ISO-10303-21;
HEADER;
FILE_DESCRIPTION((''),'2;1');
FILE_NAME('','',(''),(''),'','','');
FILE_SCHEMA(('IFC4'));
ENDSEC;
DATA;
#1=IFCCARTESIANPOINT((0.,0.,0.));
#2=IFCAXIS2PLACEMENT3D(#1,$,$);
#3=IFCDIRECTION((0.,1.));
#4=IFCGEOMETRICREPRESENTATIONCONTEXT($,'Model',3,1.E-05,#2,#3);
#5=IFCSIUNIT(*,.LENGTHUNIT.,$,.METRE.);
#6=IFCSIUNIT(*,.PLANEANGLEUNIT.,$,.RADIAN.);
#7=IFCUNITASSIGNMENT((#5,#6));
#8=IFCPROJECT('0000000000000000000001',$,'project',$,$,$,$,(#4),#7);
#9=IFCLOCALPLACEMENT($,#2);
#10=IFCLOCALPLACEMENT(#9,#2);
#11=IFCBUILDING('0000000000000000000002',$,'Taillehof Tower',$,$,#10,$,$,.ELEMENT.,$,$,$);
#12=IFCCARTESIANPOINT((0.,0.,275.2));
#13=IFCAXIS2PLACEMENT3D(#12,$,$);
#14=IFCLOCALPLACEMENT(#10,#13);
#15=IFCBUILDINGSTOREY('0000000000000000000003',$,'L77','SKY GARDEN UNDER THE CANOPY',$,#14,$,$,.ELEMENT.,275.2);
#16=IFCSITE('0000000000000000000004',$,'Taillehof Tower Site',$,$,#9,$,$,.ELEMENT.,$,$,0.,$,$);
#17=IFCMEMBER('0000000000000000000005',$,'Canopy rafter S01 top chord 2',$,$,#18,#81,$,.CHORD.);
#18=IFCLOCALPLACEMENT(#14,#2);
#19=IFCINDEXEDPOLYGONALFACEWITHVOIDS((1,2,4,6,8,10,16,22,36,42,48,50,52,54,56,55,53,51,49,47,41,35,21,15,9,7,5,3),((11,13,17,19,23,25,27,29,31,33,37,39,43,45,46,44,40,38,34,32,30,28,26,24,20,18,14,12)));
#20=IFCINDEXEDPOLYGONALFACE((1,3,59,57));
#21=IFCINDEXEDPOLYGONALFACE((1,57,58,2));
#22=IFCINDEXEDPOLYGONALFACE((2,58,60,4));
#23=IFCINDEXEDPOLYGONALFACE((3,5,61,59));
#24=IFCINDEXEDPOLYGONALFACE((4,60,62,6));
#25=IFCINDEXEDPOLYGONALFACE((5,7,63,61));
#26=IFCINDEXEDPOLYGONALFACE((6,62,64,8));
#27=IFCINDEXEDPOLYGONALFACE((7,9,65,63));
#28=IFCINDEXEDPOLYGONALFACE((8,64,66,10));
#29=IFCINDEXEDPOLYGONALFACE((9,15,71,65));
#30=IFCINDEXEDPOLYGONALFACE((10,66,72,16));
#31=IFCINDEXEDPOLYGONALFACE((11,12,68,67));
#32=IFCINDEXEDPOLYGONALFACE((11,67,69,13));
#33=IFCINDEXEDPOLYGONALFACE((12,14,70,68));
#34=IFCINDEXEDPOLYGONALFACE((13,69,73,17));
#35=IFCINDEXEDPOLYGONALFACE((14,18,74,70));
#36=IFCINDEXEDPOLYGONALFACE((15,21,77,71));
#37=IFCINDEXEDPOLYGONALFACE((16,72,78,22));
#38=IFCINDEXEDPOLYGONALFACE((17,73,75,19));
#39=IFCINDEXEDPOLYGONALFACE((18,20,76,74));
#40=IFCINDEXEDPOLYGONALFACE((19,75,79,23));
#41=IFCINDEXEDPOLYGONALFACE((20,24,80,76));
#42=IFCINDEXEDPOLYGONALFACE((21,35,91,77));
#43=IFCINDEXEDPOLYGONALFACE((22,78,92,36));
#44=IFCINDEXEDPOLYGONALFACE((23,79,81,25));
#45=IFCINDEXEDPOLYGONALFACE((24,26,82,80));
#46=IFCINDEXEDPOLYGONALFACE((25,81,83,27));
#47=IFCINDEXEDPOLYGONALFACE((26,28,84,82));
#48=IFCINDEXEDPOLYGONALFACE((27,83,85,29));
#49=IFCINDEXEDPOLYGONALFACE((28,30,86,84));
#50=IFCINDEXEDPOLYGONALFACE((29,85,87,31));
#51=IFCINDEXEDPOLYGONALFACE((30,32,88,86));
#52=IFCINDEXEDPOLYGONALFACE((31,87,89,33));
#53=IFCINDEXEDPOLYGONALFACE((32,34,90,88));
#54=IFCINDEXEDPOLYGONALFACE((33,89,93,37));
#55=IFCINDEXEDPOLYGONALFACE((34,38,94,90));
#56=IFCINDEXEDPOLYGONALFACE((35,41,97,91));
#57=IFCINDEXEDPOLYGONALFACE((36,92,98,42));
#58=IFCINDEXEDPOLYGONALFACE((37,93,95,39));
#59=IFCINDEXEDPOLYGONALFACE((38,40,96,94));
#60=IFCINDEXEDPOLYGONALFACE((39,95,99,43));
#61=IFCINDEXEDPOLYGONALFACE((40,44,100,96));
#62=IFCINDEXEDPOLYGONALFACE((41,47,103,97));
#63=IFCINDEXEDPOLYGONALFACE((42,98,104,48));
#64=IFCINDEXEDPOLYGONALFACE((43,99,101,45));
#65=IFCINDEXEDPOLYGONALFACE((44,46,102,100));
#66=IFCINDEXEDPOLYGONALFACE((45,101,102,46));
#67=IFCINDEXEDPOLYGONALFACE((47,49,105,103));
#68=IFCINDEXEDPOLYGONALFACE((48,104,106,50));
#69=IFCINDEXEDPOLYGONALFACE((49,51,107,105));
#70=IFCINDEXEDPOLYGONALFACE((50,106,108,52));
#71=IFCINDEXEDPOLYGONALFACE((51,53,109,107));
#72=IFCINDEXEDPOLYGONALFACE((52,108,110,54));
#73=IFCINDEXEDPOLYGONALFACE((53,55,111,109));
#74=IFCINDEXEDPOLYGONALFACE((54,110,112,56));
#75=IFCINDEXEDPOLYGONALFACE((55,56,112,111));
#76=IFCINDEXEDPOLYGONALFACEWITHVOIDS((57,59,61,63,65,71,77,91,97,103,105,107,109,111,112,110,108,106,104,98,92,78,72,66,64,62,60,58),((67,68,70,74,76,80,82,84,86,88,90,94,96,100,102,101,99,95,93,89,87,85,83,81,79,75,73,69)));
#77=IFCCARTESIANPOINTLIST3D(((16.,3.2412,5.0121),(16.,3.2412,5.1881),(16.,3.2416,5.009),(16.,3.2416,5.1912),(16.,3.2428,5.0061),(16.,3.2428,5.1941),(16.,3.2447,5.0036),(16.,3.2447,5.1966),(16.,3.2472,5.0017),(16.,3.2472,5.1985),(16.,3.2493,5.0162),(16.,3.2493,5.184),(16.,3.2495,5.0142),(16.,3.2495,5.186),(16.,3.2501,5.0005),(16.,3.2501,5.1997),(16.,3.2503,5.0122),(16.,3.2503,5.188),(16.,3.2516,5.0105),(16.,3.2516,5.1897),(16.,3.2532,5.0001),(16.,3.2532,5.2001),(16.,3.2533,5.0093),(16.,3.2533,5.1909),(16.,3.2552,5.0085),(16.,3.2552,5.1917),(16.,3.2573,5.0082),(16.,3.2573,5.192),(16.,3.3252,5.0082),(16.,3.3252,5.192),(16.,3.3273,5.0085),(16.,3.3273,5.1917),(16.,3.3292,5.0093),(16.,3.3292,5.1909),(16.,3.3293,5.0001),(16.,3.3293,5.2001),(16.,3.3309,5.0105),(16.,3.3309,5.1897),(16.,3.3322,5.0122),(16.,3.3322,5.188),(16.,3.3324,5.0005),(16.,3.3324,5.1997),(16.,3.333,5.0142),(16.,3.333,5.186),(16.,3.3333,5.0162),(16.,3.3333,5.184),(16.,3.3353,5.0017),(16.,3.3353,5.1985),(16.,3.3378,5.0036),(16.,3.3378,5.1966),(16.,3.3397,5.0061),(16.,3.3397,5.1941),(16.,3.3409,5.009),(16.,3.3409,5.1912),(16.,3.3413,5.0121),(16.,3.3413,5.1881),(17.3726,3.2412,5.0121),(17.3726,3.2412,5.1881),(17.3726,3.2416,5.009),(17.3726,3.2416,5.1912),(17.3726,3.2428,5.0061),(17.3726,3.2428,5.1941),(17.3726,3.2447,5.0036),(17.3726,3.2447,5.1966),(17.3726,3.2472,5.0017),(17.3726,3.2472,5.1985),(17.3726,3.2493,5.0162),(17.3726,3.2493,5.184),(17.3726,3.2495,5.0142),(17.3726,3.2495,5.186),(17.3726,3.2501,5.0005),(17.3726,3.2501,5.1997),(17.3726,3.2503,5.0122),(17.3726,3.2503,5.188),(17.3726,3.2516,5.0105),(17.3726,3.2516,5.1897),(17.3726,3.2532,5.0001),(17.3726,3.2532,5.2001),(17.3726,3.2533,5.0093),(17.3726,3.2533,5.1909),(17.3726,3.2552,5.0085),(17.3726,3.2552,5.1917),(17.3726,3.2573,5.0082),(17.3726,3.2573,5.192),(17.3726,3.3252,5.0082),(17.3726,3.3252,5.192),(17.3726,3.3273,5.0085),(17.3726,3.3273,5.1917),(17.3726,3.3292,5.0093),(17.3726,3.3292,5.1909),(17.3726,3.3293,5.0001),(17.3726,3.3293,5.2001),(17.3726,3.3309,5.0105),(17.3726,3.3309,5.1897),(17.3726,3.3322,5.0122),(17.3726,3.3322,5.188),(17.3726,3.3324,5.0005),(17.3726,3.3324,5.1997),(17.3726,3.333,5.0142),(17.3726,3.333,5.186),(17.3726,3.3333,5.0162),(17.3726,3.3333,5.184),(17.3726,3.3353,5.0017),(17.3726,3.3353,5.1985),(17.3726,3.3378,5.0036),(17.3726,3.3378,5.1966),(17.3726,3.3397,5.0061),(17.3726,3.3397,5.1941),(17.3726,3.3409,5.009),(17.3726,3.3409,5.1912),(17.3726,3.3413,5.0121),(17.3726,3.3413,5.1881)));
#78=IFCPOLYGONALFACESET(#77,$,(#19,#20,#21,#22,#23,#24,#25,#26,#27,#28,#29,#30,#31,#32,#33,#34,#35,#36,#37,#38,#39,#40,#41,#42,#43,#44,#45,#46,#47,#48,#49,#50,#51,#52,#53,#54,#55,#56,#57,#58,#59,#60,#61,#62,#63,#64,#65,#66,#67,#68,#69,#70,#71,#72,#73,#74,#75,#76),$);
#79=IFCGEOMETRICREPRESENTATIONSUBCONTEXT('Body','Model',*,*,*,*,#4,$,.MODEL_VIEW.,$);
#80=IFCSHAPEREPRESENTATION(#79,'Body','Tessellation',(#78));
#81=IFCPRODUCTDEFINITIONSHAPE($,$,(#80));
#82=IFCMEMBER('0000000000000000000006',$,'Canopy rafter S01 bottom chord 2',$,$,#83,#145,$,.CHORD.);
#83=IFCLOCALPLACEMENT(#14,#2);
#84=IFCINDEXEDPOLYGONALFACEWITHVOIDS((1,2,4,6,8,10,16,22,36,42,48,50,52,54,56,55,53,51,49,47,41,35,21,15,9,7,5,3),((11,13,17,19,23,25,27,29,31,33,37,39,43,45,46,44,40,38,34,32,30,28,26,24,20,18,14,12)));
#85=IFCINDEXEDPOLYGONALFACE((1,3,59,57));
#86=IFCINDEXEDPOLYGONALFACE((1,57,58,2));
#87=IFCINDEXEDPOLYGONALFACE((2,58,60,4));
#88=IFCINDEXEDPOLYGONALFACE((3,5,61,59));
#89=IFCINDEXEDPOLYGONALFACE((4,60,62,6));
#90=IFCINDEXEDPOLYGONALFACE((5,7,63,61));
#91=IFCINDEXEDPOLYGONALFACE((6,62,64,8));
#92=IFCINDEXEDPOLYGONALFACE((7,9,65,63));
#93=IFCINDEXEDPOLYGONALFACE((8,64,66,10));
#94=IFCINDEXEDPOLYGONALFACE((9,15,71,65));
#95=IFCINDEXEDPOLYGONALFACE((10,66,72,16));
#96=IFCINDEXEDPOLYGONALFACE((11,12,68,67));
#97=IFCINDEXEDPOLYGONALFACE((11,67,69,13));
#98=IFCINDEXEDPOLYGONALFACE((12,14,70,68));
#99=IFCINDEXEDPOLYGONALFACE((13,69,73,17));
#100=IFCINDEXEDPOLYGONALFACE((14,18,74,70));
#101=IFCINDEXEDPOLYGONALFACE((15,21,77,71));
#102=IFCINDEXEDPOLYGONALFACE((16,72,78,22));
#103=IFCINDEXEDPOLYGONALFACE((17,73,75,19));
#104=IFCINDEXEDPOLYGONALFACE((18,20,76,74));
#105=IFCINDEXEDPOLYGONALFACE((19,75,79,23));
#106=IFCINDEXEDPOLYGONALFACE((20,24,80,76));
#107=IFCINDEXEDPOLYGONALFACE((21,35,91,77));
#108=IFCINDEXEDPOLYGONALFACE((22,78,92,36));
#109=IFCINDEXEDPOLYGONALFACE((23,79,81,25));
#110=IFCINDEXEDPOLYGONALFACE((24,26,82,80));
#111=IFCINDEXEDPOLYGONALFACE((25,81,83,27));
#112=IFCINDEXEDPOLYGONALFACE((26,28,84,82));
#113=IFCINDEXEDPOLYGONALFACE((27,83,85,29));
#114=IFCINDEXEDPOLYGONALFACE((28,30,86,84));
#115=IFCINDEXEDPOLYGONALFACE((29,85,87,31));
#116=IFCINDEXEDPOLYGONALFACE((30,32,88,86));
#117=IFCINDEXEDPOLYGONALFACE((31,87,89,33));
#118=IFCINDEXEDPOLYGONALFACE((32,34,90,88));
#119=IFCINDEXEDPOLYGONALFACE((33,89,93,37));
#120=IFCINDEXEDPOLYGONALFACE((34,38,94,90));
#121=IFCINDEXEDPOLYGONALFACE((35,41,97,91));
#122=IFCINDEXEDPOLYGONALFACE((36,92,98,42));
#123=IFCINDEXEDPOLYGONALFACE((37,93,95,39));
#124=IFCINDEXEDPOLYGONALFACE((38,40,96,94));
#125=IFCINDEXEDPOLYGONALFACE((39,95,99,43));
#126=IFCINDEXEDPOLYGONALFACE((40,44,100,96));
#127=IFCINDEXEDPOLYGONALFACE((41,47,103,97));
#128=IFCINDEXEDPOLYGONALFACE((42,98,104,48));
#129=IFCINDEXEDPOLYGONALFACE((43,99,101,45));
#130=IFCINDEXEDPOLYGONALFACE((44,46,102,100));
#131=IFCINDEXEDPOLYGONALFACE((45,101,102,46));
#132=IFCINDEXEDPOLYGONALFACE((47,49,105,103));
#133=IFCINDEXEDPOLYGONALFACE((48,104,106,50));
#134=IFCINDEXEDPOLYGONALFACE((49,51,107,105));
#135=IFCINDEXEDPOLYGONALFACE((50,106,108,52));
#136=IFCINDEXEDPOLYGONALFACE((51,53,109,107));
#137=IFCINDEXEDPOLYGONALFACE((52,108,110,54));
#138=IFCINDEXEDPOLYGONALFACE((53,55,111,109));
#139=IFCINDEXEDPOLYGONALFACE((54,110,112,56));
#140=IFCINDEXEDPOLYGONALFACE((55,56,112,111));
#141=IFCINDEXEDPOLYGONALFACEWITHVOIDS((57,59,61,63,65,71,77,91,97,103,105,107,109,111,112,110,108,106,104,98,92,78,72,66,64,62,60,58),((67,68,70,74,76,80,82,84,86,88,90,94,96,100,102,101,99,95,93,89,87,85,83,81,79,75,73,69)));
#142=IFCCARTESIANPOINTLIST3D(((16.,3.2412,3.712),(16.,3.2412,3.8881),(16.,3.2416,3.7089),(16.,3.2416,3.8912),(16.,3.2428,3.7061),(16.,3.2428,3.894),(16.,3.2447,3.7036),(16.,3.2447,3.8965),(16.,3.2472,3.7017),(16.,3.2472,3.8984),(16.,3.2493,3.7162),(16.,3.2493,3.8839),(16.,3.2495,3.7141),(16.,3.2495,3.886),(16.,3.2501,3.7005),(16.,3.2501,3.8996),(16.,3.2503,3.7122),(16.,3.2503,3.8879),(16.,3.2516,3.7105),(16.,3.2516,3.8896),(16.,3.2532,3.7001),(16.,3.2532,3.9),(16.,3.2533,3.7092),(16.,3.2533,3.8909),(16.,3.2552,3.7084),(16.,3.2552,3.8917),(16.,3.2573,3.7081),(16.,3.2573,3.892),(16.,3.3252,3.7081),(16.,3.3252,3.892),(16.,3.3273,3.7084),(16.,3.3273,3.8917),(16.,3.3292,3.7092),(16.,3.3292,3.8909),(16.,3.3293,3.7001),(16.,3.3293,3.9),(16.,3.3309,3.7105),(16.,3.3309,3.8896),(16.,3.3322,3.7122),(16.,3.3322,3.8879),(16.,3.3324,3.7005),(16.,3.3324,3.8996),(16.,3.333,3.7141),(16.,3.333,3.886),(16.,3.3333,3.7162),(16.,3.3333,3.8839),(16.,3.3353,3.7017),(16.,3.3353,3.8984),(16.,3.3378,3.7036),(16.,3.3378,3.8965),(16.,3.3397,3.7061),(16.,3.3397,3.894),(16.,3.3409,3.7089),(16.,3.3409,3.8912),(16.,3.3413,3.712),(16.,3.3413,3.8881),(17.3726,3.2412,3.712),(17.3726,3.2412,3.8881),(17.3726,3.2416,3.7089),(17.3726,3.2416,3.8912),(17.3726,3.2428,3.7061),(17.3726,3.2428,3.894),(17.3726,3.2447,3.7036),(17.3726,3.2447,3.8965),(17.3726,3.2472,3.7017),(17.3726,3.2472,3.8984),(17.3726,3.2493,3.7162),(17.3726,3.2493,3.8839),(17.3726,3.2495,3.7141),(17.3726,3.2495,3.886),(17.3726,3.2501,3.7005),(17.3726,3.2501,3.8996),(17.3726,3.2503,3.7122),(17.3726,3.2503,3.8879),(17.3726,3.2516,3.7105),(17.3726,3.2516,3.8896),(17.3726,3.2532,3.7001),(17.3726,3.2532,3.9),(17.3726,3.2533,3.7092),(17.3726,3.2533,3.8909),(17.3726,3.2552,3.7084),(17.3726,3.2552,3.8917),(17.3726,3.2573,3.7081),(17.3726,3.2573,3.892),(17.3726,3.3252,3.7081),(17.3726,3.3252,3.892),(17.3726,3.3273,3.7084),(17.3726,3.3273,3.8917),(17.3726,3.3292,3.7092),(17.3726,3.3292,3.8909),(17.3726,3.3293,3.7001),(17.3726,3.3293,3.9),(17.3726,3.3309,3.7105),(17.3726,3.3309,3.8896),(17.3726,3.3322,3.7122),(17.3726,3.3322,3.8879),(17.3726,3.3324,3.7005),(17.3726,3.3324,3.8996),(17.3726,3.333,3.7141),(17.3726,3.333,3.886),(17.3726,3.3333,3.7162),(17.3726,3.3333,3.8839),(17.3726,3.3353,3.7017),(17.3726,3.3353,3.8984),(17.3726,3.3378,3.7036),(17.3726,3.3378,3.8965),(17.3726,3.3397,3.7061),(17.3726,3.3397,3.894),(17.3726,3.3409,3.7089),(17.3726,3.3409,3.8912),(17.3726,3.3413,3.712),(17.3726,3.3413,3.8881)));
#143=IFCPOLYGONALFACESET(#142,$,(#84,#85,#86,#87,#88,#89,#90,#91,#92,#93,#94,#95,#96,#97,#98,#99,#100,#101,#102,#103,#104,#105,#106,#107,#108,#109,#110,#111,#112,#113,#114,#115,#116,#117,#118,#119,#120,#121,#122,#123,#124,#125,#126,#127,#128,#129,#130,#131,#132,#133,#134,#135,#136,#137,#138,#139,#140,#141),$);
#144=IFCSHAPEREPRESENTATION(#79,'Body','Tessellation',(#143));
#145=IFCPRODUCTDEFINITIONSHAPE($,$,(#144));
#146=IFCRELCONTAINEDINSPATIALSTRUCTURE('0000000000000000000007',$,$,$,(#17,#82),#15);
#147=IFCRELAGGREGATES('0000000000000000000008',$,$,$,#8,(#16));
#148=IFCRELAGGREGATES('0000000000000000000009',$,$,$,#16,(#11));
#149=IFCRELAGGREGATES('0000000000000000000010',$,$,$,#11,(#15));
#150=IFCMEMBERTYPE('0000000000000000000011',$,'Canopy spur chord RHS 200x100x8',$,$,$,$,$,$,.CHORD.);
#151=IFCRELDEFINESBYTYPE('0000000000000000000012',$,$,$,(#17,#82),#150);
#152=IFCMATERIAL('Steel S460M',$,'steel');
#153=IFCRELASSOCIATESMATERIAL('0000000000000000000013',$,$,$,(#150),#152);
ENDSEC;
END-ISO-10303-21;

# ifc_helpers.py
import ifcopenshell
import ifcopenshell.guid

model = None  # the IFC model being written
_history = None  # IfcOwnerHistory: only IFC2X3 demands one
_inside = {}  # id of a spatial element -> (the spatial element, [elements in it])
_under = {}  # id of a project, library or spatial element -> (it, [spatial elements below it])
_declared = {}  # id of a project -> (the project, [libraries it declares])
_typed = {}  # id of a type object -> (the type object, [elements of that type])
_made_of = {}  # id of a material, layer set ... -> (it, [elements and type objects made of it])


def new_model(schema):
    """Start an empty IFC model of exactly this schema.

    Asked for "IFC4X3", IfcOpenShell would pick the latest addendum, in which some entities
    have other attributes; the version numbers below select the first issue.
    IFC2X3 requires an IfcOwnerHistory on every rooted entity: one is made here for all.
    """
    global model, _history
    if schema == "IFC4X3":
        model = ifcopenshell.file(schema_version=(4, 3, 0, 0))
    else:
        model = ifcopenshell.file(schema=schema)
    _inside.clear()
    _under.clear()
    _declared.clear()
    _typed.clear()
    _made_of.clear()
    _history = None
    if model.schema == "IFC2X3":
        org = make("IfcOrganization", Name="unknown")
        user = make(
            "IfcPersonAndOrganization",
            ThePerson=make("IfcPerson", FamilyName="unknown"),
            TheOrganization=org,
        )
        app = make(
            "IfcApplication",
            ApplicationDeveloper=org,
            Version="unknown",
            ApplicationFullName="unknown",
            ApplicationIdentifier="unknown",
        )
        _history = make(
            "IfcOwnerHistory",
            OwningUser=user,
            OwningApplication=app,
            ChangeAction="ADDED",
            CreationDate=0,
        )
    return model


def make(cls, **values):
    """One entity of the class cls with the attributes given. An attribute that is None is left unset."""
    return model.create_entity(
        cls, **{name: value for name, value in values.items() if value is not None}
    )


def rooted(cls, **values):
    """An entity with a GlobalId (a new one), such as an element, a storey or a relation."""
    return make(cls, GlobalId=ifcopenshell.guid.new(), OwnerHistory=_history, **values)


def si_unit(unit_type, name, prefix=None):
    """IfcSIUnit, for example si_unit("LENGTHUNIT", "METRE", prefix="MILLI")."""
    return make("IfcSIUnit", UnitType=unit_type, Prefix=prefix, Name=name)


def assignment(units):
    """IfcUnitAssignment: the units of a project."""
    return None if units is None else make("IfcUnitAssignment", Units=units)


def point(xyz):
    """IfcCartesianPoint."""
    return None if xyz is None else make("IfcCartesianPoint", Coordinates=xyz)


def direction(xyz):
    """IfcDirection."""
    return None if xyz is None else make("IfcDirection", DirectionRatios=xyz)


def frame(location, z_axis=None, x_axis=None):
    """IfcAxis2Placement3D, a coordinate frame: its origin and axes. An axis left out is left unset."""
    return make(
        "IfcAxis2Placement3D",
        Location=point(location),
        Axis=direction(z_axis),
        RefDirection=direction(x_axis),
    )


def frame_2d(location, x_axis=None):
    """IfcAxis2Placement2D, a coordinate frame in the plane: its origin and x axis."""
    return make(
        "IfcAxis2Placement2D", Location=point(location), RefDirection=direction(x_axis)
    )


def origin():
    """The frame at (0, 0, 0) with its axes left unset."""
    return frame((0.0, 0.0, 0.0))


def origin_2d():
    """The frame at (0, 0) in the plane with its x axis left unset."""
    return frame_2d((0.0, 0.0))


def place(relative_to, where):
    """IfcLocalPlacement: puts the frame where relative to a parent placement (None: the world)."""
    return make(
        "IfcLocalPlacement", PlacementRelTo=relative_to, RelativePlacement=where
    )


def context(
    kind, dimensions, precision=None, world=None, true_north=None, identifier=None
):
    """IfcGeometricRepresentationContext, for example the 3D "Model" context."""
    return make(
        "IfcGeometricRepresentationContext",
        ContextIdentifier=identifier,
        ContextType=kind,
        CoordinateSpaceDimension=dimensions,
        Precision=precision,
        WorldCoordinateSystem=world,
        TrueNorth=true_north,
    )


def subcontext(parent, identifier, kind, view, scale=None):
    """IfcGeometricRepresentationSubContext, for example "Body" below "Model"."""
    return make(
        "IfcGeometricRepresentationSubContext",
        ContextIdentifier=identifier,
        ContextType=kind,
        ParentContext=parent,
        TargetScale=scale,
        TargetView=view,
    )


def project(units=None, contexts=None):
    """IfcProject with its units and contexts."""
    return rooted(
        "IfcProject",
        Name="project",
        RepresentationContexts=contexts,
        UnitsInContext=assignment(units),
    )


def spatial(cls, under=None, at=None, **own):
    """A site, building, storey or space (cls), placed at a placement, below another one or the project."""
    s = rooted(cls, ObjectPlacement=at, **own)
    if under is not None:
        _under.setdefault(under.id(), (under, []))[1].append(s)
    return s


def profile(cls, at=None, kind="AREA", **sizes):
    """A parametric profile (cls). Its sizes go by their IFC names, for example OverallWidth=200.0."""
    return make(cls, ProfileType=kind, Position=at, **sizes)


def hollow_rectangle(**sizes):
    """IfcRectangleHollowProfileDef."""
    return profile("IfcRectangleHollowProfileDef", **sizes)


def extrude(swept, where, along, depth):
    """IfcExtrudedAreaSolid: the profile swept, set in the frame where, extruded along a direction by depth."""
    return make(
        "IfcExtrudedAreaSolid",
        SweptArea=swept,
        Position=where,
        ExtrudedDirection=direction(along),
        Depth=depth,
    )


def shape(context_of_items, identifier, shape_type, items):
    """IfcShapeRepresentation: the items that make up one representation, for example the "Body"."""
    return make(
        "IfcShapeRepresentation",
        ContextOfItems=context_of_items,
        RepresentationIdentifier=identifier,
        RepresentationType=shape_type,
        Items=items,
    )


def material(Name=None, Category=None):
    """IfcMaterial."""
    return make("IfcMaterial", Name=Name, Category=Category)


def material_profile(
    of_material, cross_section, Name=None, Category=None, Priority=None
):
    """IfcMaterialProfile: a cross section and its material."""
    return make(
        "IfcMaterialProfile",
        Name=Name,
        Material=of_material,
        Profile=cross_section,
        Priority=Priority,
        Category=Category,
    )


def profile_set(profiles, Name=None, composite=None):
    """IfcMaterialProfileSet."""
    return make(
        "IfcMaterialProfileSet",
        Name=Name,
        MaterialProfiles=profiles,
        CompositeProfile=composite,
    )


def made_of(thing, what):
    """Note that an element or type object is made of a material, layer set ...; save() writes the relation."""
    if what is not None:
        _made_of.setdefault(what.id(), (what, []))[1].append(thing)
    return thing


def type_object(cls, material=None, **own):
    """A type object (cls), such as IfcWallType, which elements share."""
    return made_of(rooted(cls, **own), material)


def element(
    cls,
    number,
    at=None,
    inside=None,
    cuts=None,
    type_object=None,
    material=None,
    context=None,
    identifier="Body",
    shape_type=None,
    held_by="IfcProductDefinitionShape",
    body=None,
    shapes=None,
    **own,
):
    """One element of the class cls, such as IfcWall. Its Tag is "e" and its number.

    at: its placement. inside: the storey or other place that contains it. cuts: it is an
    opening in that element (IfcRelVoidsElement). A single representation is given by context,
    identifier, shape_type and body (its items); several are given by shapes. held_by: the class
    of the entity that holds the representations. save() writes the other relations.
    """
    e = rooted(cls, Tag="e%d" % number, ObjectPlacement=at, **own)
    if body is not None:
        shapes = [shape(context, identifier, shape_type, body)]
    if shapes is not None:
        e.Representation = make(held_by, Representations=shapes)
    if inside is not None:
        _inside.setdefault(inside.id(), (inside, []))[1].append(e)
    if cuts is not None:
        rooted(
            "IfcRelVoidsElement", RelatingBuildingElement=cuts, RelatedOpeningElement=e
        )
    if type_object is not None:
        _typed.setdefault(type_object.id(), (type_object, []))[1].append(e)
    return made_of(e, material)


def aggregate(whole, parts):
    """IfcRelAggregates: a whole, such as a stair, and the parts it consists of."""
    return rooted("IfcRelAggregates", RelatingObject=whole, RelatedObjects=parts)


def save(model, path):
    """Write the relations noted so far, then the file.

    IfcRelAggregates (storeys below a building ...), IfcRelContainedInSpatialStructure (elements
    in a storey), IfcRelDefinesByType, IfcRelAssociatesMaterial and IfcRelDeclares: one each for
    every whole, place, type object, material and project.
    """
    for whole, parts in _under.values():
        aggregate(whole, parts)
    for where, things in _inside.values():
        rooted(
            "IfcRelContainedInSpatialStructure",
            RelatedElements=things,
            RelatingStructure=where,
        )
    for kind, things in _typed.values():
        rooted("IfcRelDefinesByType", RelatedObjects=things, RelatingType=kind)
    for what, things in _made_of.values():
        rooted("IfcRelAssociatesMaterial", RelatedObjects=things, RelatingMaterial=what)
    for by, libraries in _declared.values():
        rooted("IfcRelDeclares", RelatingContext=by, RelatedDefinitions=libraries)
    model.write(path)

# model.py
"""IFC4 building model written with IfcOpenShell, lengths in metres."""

from ifc_helpers import new_model, si_unit, direction, frame, origin, origin_2d, place, context, subcontext, project, spatial, hollow_rectangle, extrude, material, material_profile, profile_set, type_object, element, save


model = new_model("IFC4")

# Units and contexts
model_context = context("Model", 3, precision=1e-05, world=origin(), true_north=direction((0.0, 1.0)))
body_context = subcontext(model_context, "Body", "Model", "MODEL_VIEW")
ifc_project = project(units=[si_unit("LENGTHUNIT", "METRE"), si_unit("PLANEANGLEUNIT", "RADIAN")], contexts=[model_context])

# Site, building, storey
site_placement = place(None, origin())
site = spatial("IfcSite", under=ifc_project, at=site_placement, Name="Taillehof Tower Site", CompositionType="ELEMENT", RefElevation=0.0)
building_placement = place(site_placement, origin())
building = spatial("IfcBuilding", under=site, at=building_placement, Name="Taillehof Tower", CompositionType="ELEMENT")
storey_placement = place(building_placement, frame((0.0, 0.0, 275.2)))
storey = spatial("IfcBuildingStorey", under=building, at=storey_placement, Name="L77", Description="SKY GARDEN UNDER THE CANOPY", CompositionType="ELEMENT", Elevation=275.2)

# Members
ifc_material_1 = material(Name="Steel S460M", Category="steel")
ifc_material_profile_1 = material_profile(ifc_material_1, hollow_rectangle(XDim=0.1001, YDim=0.2, WallThickness=0.0081, InnerFilletRadius=0.0081, OuterFilletRadius=0.012, at=origin_2d()), Name="RHS 200x100x8")
ifc_profile_set_1 = profile_set([ifc_material_profile_1], Name="Steel S460M")
member_type_1 = type_object("IfcMemberType", Name="Canopy spur chord RHS 200x100x8", PredefinedType="CHORD", material=ifc_profile_set_1)
for number, where, z_axis, x_axis, name in (
    (1, (17.3726, 3.2913, 5.1001), (-1.0, 0.0, 0.0), (0.0, -1.0, 0.0), "Canopy rafter S01 top chord 2"),
    (2, (17.3726, 3.2913, 3.8), (-1.0, 0.0, 0.0), (0.0, -1.0, 0.0), "Canopy rafter S01 bottom chord 2"),
):
    element("IfcMember", number, at=place(storey_placement, frame(where, z_axis=z_axis, x_axis=x_axis)), inside=storey, type_object=member_type_1, Name=name, PredefinedType="CHORD", context=body_context, shape_type="SweptSolid", body=[
        extrude(hollow_rectangle(XDim=0.1001, YDim=0.2, WallThickness=0.0081, InnerFilletRadius=0.0081, OuterFilletRadius=0.012, at=origin_2d()), origin(), (0.0, 0.0, 1.0), 1.3726),
    ])

save(model, "model.ifc")
